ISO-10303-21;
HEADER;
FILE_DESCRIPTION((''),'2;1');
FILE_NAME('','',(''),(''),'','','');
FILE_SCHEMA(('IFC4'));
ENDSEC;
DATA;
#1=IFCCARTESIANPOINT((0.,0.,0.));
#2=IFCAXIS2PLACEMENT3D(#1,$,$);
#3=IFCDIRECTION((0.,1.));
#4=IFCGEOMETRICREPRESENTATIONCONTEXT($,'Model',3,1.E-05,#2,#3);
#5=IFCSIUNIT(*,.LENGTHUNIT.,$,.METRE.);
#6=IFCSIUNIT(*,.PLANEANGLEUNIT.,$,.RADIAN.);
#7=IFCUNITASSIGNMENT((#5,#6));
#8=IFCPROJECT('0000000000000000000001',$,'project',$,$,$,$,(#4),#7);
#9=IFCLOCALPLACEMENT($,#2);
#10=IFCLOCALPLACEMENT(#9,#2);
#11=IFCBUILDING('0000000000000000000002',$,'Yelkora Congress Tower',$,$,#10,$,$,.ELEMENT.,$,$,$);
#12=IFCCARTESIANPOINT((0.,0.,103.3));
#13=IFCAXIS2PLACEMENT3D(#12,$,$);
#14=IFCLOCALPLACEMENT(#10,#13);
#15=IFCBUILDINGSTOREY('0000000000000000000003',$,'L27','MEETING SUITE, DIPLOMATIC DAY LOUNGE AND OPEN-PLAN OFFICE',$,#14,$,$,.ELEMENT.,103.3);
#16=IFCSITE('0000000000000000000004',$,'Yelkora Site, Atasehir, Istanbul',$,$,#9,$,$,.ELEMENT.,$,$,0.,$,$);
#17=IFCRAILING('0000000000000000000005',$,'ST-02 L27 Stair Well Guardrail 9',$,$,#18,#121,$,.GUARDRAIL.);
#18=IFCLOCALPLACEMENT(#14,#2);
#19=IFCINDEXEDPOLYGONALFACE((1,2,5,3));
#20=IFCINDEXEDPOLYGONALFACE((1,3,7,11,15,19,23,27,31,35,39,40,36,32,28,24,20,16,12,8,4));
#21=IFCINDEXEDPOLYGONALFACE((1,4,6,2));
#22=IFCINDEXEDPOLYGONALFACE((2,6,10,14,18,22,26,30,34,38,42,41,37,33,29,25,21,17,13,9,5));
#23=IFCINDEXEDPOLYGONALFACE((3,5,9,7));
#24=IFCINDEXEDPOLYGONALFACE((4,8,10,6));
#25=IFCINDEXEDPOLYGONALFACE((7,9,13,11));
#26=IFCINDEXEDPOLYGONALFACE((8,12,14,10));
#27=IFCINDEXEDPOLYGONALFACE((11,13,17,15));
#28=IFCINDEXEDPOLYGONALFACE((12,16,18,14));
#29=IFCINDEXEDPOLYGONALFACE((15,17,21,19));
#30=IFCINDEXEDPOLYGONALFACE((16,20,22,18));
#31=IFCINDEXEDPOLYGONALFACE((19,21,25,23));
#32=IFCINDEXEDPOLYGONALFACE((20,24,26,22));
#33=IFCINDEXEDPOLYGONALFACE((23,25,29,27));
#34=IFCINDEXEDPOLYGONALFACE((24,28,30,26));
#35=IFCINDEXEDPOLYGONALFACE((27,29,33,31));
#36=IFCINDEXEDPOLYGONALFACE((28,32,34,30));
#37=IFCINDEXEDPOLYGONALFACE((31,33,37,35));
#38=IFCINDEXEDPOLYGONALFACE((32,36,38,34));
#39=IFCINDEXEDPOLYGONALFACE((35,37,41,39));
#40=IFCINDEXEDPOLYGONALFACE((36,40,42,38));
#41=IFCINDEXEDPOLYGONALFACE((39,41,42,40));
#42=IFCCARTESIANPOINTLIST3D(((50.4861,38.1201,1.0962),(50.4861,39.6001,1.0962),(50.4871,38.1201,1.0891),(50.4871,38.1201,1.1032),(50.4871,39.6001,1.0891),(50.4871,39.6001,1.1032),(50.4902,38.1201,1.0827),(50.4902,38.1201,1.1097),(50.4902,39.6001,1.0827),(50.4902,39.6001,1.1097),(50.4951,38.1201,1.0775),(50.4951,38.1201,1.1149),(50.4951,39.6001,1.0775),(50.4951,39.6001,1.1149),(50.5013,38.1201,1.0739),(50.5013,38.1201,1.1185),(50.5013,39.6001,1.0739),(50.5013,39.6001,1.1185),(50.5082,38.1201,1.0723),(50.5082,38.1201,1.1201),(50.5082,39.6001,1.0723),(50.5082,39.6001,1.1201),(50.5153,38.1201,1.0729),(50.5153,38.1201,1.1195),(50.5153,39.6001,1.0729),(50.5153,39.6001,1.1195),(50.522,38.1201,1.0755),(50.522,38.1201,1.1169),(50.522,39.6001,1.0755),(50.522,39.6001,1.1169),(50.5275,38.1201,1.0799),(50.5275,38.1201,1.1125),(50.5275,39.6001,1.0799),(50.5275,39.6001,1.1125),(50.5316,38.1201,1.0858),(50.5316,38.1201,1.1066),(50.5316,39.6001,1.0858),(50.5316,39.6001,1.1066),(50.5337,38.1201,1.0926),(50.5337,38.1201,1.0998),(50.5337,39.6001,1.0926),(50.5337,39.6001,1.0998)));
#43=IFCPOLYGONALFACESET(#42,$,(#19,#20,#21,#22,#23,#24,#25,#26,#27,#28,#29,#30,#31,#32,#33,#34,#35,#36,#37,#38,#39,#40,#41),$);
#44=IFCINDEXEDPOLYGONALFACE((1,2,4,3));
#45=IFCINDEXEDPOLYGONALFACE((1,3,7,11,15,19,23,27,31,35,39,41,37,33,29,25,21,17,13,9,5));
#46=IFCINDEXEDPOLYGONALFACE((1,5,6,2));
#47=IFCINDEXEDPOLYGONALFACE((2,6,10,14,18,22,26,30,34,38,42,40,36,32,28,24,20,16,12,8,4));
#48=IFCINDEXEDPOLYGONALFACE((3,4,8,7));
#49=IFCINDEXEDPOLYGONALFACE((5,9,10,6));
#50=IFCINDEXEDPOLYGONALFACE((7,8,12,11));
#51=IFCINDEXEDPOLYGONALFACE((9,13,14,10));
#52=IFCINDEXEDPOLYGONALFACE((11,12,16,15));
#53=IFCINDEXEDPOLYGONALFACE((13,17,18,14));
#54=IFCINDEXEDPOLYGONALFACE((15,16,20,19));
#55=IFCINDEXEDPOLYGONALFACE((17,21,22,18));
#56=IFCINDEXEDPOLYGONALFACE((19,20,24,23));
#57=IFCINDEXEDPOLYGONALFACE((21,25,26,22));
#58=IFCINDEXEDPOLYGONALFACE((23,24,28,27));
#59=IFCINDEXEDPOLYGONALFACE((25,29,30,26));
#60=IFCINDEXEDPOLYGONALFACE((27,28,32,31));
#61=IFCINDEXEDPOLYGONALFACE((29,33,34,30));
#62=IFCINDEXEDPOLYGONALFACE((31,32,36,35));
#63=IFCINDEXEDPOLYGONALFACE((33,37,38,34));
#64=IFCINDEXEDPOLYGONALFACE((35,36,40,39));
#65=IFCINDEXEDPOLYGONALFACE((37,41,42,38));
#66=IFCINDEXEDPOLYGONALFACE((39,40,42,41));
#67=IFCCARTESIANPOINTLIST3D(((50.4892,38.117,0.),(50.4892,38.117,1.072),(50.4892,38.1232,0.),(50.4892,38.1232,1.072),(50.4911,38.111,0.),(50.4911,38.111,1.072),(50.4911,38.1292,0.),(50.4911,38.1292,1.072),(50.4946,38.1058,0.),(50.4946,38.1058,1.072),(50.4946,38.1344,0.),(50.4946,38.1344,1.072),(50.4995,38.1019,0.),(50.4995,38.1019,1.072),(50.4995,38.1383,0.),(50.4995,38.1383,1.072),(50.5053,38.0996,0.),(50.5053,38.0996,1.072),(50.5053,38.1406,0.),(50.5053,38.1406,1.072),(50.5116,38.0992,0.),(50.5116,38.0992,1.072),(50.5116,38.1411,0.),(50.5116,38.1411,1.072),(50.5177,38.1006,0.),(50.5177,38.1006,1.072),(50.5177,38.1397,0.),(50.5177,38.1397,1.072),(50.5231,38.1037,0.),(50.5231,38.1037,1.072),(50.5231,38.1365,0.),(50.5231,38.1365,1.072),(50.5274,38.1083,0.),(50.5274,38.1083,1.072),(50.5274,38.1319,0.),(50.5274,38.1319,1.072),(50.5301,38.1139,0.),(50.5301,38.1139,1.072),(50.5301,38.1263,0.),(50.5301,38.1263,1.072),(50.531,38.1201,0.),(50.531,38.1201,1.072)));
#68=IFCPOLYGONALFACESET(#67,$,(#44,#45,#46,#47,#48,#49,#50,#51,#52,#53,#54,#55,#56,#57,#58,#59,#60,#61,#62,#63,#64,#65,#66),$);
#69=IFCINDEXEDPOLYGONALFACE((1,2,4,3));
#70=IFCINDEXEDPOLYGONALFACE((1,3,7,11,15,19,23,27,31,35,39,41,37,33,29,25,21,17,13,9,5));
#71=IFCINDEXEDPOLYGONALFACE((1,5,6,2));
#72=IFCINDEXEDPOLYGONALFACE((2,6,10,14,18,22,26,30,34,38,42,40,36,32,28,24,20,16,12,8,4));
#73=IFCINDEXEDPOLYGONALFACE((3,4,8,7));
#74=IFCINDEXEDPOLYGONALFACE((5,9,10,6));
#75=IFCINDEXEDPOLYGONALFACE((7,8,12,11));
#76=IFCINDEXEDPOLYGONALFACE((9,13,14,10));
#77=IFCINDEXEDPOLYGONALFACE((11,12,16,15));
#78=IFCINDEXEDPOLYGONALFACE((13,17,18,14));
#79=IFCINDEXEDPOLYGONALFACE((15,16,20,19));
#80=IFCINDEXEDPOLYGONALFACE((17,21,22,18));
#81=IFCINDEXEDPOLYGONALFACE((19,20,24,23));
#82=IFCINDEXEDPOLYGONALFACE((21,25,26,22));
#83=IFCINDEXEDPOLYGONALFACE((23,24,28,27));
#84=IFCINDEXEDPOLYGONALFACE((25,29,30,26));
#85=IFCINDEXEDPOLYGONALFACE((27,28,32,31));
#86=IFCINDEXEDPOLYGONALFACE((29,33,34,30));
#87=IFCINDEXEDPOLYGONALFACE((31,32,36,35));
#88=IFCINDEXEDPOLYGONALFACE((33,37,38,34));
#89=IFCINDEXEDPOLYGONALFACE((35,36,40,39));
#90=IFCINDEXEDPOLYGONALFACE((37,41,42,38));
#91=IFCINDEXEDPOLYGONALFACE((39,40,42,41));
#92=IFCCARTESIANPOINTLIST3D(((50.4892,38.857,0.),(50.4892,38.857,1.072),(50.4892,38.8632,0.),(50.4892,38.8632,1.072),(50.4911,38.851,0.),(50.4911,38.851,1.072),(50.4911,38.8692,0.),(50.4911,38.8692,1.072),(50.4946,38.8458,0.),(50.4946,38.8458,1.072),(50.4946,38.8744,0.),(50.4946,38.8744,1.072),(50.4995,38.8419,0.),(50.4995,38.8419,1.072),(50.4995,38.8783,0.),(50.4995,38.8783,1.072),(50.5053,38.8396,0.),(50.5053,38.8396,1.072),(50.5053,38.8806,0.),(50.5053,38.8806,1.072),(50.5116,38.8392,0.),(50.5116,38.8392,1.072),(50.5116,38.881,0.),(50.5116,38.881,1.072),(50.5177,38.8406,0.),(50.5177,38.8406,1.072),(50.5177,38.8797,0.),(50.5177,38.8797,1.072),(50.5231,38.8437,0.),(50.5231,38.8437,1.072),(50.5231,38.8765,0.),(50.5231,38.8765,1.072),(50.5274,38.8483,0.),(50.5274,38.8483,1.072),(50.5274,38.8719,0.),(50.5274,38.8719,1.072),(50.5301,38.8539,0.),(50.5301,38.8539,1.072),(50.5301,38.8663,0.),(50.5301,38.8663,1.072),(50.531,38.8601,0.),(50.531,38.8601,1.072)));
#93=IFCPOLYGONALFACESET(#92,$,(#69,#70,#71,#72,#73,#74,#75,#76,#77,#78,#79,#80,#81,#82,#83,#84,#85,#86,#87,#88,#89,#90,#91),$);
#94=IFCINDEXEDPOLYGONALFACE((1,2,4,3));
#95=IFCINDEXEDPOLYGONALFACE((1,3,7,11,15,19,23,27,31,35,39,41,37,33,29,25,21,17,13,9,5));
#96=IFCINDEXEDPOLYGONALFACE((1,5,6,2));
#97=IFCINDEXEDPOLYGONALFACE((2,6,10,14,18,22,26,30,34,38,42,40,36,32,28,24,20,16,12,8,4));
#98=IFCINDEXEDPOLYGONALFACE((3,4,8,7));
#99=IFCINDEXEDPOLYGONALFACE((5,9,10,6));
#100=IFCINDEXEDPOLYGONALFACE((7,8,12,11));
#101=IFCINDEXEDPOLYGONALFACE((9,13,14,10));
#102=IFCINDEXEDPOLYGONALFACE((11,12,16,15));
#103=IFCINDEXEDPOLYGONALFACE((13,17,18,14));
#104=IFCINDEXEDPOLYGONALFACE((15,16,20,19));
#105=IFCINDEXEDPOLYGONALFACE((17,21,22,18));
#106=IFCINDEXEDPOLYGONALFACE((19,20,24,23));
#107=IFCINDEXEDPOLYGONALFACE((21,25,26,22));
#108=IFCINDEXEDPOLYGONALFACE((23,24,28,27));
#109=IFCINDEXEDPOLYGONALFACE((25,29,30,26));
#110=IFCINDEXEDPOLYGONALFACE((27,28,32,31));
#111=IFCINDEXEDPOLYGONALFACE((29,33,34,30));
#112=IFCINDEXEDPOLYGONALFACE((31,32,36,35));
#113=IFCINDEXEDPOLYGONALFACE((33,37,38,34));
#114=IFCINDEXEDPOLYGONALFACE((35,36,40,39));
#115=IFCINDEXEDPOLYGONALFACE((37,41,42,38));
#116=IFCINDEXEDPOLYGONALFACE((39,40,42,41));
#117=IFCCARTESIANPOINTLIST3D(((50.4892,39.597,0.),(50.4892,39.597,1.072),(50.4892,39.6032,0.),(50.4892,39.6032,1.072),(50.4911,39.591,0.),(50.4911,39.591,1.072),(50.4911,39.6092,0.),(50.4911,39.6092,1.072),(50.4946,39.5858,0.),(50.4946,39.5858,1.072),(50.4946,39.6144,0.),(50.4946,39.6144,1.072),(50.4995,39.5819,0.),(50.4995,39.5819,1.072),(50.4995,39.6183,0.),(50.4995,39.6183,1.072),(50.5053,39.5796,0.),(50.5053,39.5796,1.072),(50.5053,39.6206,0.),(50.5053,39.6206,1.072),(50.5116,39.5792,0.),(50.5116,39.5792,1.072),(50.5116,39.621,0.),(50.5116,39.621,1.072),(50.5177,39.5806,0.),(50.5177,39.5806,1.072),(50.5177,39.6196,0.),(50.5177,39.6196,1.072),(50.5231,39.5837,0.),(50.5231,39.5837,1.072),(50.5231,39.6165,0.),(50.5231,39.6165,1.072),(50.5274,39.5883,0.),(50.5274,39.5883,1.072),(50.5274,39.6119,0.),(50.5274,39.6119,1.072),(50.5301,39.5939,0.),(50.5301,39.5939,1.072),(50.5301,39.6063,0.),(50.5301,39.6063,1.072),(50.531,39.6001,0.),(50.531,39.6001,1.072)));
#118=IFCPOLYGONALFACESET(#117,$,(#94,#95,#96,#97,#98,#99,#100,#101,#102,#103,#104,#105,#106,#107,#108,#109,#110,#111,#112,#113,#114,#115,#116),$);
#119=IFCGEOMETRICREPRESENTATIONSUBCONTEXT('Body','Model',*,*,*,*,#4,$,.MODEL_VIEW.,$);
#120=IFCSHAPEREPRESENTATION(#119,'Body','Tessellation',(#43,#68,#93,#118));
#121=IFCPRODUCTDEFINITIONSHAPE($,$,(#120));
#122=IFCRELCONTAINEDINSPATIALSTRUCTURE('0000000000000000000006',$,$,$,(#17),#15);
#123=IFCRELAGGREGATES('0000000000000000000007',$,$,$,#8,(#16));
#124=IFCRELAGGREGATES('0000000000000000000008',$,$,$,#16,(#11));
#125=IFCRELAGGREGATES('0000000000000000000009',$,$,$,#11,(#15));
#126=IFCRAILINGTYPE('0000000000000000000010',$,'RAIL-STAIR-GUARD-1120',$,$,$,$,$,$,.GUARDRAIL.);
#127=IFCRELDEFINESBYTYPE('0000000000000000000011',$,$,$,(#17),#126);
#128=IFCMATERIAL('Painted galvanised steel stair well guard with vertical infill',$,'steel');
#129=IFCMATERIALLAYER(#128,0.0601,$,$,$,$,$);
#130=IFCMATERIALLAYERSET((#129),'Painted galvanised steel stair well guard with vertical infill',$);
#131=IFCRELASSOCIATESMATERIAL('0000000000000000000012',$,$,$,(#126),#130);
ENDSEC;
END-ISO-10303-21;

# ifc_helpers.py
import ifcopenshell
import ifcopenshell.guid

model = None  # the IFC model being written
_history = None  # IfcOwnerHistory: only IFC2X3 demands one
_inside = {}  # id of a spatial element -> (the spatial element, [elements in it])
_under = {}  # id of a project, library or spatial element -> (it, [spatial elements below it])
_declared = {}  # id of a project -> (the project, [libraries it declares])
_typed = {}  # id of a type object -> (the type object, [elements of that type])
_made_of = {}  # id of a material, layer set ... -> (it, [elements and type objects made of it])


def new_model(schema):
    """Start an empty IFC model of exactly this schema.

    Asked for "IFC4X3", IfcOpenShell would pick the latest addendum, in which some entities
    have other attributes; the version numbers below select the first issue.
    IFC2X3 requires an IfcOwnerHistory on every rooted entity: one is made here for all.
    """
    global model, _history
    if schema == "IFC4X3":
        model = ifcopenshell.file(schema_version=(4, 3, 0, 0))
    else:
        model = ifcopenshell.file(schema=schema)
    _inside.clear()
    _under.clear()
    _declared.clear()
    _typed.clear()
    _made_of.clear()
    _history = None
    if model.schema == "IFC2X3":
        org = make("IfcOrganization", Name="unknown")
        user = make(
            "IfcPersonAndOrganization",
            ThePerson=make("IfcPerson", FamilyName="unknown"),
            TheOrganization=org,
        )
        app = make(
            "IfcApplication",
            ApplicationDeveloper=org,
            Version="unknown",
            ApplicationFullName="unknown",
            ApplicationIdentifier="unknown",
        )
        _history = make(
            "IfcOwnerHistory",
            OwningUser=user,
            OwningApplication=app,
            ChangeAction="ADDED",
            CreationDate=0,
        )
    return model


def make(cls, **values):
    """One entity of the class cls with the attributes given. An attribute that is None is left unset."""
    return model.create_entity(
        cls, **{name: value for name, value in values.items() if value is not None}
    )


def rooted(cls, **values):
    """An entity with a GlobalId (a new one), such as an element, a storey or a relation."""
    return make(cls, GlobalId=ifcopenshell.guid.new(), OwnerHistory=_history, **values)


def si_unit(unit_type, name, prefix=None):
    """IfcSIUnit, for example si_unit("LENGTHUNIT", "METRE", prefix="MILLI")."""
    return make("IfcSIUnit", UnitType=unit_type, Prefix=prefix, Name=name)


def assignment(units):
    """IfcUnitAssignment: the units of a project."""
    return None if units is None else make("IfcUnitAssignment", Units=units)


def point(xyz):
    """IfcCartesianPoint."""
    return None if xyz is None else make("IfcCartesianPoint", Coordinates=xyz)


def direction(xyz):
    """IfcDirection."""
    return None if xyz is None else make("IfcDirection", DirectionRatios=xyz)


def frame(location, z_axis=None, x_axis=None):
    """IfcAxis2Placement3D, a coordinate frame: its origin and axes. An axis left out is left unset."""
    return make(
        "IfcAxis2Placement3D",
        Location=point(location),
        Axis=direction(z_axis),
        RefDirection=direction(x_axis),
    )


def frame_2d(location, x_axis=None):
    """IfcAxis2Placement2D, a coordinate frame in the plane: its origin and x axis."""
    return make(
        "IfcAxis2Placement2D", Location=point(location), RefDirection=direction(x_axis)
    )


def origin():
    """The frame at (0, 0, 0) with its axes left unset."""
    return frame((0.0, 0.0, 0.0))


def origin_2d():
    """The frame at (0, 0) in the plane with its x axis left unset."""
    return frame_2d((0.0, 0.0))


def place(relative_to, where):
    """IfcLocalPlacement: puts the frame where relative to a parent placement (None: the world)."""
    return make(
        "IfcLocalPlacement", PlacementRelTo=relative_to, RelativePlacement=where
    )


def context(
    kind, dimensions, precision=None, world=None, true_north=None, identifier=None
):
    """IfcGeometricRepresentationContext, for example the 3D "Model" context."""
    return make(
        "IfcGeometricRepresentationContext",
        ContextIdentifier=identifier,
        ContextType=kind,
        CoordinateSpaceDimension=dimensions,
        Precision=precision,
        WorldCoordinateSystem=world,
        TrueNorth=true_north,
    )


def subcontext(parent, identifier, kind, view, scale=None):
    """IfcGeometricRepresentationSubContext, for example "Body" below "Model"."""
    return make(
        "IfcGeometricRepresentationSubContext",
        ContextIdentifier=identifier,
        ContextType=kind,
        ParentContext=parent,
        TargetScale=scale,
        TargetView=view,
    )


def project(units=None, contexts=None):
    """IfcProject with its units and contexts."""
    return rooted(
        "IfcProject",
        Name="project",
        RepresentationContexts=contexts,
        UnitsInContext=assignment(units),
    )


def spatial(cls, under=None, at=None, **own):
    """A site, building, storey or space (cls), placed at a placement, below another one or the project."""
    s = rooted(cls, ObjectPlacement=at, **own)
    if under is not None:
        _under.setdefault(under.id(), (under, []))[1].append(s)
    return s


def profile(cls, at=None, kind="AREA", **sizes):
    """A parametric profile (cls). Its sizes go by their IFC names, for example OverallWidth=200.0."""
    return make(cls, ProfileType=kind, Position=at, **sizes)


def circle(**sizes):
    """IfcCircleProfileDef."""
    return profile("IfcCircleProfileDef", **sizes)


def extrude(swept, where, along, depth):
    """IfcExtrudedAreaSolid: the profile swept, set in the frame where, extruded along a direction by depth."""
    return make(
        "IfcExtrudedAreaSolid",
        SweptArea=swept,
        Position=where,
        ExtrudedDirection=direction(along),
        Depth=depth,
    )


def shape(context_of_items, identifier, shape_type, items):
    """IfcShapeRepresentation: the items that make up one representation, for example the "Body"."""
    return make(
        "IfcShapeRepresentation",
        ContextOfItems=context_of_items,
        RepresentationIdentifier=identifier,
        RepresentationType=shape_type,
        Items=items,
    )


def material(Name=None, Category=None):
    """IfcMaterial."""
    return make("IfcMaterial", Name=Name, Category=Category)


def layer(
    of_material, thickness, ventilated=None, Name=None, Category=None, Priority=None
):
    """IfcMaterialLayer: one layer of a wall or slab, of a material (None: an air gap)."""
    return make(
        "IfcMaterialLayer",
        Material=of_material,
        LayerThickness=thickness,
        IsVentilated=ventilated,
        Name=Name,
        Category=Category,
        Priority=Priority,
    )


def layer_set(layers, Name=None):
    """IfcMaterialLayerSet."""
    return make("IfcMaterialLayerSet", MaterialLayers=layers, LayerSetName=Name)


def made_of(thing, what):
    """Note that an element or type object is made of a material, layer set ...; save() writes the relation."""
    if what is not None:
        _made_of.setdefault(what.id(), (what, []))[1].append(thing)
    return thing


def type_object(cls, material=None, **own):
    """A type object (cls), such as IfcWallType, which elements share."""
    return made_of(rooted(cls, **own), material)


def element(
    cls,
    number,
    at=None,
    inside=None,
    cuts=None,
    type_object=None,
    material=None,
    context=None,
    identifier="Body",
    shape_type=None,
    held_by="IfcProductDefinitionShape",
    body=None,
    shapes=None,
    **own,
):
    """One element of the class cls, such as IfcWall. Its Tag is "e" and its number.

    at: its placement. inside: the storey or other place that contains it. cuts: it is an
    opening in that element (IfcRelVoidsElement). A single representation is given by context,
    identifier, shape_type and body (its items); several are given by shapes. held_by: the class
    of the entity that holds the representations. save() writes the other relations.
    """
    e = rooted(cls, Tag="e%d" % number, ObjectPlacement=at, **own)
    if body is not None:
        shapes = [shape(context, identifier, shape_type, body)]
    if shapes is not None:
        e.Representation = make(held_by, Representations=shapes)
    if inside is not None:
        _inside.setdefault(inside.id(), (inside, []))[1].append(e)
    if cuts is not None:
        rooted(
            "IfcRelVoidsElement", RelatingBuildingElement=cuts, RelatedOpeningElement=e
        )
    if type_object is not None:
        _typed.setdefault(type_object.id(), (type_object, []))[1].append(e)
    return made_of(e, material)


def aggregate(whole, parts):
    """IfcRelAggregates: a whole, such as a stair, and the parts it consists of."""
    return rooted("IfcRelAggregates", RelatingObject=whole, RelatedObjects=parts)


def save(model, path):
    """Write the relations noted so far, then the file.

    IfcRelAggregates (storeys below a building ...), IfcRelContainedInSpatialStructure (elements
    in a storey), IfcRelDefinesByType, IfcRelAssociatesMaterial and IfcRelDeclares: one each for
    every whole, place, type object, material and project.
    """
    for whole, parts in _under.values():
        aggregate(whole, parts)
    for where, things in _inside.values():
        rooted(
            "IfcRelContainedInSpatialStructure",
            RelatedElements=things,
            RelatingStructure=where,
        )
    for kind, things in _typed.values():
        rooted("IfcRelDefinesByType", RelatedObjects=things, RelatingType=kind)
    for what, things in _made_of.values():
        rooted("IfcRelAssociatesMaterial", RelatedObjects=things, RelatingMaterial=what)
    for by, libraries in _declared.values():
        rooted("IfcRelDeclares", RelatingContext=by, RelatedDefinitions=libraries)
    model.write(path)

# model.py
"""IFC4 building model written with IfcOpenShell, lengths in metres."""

from ifc_helpers import new_model, si_unit, direction, frame, origin, origin_2d, place, context, subcontext, project, spatial, circle, extrude, material, layer, layer_set, type_object, element, save


model = new_model("IFC4")

# Units and contexts
model_context = context("Model", 3, precision=1e-05, world=origin(), true_north=direction((0.0, 1.0)))
body_context = subcontext(model_context, "Body", "Model", "MODEL_VIEW")
ifc_project = project(units=[si_unit("LENGTHUNIT", "METRE"), si_unit("PLANEANGLEUNIT", "RADIAN")], contexts=[model_context])

# Site, building, storey
site_placement = place(None, origin())
site = spatial("IfcSite", under=ifc_project, at=site_placement, Name="Yelkora Site, Atasehir, Istanbul", CompositionType="ELEMENT", RefElevation=0.0)
building_placement = place(site_placement, origin())
building = spatial("IfcBuilding", under=site, at=building_placement, Name="Yelkora Congress Tower", CompositionType="ELEMENT")
storey_placement = place(building_placement, frame((0.0, 0.0, 103.3)))
storey = spatial("IfcBuildingStorey", under=building, at=storey_placement, Name="L27", Description="MEETING SUITE, DIPLOMATIC DAY LOUNGE AND OPEN-PLAN OFFICE", CompositionType="ELEMENT", Elevation=103.3)

# Railing
ifc_material_1 = material(Name="Painted galvanised steel stair well guard with vertical infill", Category="steel")
ifc_layer_1 = layer(ifc_material_1, 0.0601)
ifc_layer_set_1 = layer_set([ifc_layer_1], Name="Painted galvanised steel stair well guard with vertical infill")
railing_type_1 = type_object("IfcRailingType", Name="RAIL-STAIR-GUARD-1120", PredefinedType="GUARDRAIL", material=ifc_layer_set_1)
for number, where, name in (
    (1, (50.51, 38.1201, 0.0), "ST-02 L27 Stair Well Guardrail 9"),
):
    element("IfcRailing", number, at=place(storey_placement, frame(where)), inside=storey, type_object=railing_type_1, Name=name, PredefinedType="GUARDRAIL", context=body_context, shape_type="SweptSolid", body=[
        extrude(circle(Radius=0.0239, at=origin_2d()), frame((0.0, 0.0, 1.0962), z_axis=(0.0, 1.0, 0.0), x_axis=(-1.0, 0.0, 0.0)), (0.0, 0.0, 1.0), 1.48),
        extrude(circle(Radius=0.021, at=origin_2d()), origin(), (0.0, 0.0, 1.0), 1.072),
        extrude(circle(Radius=0.021, at=origin_2d()), frame((0.0, 0.74, 0.0)), (0.0, 0.0, 1.0), 1.072),
        extrude(circle(Radius=0.021, at=origin_2d()), frame((0.0, 1.48, 0.0)), (0.0, 0.0, 1.0), 1.072),
    ])

save(model, "model.ifc")
